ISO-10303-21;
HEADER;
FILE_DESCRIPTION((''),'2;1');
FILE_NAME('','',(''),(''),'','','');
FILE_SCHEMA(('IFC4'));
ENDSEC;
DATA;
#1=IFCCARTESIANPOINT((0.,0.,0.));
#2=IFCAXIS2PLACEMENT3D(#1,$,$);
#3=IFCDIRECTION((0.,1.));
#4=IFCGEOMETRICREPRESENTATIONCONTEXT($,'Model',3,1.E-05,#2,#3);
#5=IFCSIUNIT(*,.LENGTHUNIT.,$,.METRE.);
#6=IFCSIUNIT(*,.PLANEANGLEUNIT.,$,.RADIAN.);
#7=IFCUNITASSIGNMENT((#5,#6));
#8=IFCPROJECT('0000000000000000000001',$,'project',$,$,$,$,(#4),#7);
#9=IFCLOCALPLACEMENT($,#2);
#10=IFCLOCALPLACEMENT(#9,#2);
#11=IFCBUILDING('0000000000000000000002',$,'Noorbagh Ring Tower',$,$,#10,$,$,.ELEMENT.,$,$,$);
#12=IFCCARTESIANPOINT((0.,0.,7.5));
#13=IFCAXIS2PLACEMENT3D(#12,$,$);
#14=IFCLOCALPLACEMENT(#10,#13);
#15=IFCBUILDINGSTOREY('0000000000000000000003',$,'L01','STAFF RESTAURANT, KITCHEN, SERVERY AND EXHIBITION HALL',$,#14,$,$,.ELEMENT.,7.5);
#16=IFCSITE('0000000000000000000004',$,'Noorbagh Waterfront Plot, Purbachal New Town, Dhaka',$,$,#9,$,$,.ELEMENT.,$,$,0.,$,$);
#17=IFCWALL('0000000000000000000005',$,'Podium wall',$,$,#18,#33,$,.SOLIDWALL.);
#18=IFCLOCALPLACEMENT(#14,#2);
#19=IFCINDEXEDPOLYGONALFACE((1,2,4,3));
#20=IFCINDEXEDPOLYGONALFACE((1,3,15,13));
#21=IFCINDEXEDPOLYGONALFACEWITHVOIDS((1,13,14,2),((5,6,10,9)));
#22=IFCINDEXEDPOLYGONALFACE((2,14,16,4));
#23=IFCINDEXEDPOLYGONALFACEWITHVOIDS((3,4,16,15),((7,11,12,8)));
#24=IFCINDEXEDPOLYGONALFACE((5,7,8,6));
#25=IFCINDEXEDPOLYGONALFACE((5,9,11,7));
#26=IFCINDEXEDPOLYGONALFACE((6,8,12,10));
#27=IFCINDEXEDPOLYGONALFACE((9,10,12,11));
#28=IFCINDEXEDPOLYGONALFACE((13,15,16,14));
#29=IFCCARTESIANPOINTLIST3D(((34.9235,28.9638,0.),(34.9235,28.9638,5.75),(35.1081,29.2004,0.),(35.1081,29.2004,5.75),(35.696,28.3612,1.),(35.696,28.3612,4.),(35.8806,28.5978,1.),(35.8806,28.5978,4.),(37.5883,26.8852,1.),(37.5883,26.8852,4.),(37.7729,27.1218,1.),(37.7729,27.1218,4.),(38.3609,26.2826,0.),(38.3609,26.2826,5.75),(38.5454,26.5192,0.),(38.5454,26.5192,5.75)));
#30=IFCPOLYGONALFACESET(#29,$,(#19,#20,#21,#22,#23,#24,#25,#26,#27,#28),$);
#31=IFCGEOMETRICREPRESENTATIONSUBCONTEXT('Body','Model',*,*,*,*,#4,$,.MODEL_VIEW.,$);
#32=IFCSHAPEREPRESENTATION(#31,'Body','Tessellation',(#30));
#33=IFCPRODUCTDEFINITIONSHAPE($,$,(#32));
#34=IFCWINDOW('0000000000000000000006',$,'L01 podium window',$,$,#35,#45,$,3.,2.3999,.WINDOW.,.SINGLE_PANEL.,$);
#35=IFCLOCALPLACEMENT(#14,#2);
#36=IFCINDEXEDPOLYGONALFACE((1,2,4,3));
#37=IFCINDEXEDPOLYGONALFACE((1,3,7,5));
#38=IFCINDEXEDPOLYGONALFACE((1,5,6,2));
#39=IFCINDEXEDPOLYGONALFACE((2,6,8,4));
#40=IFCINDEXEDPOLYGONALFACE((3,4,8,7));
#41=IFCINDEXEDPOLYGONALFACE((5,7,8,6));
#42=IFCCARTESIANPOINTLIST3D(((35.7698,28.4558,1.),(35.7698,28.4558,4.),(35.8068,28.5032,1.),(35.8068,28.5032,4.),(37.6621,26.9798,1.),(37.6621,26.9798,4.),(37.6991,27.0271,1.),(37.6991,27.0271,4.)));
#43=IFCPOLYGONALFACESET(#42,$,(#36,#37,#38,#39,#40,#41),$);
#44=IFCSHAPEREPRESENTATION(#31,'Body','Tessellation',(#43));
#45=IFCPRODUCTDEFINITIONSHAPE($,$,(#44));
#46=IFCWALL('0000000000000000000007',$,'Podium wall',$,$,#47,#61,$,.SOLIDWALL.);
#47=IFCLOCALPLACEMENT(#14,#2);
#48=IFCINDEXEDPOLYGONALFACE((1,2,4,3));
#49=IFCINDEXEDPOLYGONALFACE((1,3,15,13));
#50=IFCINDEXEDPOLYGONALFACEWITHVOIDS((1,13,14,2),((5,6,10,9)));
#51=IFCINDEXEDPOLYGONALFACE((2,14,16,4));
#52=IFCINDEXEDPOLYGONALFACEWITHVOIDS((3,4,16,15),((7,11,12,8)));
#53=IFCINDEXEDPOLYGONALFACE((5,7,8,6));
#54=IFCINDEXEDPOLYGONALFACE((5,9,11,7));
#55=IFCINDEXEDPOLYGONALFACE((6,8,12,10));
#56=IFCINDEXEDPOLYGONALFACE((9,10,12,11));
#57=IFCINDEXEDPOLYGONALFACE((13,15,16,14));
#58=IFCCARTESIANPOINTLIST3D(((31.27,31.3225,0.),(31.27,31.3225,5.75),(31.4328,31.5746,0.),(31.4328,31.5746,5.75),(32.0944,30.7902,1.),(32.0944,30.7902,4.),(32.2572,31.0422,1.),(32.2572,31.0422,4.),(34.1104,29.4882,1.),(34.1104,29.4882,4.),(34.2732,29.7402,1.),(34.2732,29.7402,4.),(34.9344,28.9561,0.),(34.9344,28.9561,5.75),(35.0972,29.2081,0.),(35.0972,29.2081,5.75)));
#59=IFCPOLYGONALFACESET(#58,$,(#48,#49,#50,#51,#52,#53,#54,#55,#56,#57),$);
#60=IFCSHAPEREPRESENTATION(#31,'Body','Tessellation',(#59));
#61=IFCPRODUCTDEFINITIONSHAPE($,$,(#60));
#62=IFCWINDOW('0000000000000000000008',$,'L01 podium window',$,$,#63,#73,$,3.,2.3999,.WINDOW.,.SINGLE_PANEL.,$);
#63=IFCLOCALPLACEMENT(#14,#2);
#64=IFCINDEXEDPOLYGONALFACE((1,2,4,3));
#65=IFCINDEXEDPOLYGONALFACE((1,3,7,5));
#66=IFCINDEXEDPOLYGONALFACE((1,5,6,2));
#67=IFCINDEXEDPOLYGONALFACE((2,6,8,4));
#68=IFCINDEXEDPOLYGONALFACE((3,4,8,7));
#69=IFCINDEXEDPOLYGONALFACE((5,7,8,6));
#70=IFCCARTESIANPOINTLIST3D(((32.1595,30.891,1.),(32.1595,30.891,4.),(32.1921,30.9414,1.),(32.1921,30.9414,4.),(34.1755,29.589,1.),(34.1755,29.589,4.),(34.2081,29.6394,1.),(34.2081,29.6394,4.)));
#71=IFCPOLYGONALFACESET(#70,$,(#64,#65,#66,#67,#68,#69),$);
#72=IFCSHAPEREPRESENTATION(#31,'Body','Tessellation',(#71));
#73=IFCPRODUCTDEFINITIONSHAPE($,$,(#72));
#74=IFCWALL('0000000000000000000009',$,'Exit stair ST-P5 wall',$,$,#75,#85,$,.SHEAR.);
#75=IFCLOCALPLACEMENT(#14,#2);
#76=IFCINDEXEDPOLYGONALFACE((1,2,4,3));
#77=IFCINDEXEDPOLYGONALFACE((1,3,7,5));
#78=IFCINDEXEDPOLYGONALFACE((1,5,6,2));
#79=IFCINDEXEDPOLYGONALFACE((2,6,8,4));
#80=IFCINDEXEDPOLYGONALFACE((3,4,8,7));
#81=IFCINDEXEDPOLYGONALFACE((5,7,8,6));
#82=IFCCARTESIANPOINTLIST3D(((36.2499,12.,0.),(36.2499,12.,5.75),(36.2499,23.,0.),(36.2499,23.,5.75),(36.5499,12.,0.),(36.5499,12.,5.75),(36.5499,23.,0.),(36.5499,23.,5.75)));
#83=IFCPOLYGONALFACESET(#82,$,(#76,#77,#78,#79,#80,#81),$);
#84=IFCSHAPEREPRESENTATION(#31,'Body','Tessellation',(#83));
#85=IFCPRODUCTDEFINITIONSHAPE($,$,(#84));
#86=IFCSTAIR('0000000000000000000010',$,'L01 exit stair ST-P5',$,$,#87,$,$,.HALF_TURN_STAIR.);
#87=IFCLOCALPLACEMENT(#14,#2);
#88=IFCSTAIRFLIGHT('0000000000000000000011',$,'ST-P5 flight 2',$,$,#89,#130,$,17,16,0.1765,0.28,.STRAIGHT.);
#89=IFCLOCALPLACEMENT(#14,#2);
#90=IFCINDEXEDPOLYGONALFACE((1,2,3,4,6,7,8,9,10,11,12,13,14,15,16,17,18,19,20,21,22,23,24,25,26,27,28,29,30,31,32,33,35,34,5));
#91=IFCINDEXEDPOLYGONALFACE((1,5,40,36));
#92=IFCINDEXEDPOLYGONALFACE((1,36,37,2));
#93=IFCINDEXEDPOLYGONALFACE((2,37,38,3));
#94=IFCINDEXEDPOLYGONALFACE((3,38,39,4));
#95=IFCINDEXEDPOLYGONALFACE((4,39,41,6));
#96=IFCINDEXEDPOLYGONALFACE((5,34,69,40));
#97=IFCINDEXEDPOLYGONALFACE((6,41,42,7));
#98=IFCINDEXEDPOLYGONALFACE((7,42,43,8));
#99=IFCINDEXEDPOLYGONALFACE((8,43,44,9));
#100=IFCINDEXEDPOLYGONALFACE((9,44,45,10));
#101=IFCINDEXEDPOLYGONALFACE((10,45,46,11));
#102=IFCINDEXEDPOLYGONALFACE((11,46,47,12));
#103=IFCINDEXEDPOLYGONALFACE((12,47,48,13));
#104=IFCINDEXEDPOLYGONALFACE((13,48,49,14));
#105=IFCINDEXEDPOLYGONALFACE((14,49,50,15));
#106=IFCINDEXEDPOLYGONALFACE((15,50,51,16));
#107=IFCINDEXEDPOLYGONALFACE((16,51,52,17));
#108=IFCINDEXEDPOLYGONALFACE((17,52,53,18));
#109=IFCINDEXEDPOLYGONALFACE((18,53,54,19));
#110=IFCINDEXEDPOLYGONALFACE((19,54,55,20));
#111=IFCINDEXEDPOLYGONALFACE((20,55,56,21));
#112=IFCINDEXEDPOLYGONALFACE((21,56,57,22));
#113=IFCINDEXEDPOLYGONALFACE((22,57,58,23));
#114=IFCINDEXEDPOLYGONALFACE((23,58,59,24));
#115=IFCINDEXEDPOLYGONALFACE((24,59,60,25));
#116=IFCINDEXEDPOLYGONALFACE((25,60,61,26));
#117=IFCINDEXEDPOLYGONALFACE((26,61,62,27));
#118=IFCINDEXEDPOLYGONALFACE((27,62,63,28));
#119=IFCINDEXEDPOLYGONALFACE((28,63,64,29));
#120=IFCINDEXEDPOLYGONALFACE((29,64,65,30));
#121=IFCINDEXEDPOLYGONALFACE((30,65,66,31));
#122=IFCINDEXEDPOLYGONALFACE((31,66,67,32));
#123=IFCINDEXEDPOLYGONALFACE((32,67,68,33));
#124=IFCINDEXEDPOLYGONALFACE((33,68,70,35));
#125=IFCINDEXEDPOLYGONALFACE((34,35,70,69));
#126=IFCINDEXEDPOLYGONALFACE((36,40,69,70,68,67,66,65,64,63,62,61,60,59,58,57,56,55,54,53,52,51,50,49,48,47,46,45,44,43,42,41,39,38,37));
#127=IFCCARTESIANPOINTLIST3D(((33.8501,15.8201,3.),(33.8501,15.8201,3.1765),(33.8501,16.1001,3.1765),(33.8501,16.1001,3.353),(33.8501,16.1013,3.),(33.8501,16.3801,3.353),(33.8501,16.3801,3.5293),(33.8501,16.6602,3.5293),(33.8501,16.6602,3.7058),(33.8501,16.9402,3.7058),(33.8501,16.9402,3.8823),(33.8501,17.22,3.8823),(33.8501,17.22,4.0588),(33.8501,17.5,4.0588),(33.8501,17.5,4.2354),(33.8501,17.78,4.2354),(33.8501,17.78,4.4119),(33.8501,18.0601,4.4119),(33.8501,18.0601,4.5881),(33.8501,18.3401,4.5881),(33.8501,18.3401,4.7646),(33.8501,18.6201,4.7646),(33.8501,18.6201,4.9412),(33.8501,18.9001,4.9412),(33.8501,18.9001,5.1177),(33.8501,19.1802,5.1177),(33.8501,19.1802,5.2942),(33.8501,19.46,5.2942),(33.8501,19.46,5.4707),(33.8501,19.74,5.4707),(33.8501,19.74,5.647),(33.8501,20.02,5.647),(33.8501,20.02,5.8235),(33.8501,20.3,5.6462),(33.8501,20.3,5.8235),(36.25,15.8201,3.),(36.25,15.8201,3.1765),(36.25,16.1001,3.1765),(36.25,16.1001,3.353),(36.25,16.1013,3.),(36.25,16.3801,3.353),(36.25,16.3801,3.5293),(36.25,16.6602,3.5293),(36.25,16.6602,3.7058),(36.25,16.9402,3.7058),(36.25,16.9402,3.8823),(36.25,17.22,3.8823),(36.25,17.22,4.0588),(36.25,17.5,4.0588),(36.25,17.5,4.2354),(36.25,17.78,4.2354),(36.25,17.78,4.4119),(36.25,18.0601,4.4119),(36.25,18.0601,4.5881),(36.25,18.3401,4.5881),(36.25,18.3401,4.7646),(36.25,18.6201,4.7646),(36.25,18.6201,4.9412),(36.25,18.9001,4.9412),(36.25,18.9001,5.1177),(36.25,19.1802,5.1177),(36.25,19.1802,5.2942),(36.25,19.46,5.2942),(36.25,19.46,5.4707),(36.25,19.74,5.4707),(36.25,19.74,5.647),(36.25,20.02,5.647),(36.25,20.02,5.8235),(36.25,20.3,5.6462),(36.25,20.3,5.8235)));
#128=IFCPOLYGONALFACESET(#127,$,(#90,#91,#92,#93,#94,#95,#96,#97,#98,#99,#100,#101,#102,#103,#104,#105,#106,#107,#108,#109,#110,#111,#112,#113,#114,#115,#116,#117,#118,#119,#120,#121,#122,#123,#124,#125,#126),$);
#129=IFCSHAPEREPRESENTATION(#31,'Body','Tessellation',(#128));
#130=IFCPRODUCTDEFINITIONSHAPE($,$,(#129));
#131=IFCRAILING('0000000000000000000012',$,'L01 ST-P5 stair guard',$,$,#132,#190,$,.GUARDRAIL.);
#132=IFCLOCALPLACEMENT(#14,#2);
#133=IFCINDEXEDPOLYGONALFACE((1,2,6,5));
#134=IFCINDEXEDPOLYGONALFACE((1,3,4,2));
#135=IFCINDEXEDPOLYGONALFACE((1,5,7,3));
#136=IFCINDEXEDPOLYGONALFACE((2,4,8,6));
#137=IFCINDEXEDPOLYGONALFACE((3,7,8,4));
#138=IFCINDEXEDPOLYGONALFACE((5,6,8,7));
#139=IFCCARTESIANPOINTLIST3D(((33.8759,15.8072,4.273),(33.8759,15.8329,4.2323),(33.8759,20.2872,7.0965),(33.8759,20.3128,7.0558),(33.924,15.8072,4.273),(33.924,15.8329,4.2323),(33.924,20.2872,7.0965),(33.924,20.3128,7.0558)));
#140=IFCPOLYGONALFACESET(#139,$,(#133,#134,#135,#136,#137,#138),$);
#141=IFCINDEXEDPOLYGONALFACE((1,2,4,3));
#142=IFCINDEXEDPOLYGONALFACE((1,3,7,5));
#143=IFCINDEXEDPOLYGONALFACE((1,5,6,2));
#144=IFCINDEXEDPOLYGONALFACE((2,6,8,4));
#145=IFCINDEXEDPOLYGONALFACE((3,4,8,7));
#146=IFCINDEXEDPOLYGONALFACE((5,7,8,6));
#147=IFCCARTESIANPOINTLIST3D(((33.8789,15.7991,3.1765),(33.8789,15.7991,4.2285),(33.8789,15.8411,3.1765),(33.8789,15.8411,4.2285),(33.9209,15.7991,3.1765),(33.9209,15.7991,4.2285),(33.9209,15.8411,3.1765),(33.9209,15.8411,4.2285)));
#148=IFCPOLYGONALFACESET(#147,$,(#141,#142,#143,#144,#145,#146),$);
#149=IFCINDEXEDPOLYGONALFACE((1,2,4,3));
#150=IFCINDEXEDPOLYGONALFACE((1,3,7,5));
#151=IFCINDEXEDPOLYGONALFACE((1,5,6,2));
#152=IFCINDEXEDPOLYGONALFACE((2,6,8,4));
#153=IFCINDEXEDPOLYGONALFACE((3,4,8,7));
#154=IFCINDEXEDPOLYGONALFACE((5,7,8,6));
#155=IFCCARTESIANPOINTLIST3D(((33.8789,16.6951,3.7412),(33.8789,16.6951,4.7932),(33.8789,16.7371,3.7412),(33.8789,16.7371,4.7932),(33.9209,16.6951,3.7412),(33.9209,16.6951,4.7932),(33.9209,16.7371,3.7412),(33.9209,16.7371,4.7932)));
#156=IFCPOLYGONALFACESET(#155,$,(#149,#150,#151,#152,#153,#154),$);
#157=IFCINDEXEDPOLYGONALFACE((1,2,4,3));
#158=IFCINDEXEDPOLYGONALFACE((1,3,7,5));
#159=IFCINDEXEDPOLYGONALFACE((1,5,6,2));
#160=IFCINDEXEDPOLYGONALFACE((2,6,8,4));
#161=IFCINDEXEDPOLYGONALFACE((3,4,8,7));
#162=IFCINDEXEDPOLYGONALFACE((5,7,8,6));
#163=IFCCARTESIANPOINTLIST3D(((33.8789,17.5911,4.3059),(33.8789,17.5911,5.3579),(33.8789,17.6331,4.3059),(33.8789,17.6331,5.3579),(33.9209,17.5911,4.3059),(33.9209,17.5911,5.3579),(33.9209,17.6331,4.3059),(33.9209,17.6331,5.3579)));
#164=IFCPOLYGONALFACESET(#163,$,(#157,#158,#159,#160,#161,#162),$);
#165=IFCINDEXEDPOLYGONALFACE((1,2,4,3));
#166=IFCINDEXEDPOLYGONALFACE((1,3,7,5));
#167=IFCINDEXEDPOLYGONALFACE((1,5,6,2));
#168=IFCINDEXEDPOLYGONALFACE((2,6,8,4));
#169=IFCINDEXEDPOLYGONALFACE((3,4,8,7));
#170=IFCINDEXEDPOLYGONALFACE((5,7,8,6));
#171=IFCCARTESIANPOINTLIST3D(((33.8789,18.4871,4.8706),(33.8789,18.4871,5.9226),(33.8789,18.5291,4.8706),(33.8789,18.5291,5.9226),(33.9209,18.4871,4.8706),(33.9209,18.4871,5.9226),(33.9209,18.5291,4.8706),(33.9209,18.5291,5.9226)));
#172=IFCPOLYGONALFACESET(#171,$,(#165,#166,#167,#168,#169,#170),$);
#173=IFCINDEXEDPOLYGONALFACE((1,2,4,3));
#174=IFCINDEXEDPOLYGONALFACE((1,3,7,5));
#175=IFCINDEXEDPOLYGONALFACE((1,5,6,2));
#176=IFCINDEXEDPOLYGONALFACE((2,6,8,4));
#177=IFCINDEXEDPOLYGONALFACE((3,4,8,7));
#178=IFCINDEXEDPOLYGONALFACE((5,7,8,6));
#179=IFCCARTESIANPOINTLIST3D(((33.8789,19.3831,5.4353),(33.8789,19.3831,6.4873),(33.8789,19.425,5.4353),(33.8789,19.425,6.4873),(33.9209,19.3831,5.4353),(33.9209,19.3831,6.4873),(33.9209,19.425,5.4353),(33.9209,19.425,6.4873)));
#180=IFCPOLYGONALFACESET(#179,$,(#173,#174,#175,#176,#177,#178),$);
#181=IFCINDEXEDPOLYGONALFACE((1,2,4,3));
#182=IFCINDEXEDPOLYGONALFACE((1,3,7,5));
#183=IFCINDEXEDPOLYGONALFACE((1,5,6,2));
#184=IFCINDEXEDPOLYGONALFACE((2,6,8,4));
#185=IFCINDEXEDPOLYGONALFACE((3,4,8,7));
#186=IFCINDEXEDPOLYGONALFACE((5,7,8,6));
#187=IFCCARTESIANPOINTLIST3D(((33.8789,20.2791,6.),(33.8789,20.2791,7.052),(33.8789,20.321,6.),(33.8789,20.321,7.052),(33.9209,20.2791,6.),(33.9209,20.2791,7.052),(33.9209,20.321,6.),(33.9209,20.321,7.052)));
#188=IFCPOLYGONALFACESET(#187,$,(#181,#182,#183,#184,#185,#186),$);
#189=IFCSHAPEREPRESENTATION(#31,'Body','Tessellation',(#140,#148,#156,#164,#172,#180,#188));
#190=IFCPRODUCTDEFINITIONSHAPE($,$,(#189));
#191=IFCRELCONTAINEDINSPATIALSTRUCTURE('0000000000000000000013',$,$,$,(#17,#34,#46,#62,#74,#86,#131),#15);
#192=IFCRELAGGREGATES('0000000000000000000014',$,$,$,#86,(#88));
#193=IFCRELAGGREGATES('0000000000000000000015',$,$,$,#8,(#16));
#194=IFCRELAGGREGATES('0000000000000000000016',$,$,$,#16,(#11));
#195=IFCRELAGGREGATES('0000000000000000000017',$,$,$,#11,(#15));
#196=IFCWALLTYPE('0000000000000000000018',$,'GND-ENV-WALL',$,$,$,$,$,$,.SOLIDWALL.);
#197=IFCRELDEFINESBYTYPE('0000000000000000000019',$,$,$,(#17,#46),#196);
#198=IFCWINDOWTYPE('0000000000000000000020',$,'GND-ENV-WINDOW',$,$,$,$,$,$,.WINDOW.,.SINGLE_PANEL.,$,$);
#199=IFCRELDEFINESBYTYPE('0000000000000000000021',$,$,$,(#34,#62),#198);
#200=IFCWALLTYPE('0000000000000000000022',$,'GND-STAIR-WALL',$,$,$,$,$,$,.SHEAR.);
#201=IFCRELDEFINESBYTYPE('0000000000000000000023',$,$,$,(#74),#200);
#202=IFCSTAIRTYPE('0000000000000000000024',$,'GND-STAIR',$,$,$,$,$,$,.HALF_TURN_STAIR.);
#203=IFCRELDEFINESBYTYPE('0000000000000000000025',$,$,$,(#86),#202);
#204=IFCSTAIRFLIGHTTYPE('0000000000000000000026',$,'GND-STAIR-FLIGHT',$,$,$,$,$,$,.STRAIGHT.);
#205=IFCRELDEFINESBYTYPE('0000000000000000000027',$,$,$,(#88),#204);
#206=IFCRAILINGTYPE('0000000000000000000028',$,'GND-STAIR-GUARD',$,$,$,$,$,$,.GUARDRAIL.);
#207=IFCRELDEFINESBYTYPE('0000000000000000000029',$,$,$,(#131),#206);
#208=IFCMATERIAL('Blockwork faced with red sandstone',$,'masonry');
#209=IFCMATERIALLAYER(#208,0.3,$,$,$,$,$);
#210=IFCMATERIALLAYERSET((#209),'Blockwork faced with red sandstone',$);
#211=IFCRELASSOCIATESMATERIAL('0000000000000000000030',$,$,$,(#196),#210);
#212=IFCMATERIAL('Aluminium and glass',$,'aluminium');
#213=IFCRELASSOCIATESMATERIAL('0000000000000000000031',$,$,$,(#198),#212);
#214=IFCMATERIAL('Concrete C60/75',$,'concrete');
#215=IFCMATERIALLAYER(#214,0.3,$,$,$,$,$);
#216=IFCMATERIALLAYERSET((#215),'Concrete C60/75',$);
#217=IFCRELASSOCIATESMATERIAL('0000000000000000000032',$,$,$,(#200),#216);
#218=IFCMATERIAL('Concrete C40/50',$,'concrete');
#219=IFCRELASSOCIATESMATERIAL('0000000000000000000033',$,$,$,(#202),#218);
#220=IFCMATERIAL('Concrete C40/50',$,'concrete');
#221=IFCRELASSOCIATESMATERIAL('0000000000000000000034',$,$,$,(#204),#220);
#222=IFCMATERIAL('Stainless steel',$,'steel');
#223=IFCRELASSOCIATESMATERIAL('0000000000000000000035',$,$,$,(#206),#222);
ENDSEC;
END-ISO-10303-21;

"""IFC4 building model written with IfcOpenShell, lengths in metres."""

from ifc_helpers import new_model, si_unit, direction, frame, frame_2d, origin, origin_2d, place, context, subcontext, project, spatial, polyline, rectangle, outline, extrude, material, layer, layer_set, type_object, element, fill, aggregate, save


model = new_model("IFC4")

# Units and contexts
model_context = context("Model", 3, precision=1e-05, world=origin(), true_north=direction((0.0, 1.0)))
body_context = subcontext(model_context, "Body", "Model", "MODEL_VIEW")
ifc_project = project(units=[si_unit("LENGTHUNIT", "METRE"), si_unit("PLANEANGLEUNIT", "RADIAN")], contexts=[model_context])

# Site, building, storey
site_placement = place(None, origin())
site = spatial("IfcSite", under=ifc_project, at=site_placement, Name="Noorbagh Waterfront Plot, Purbachal New Town, Dhaka", CompositionType="ELEMENT", RefElevation=0.0)
building_placement = place(site_placement, origin())
building = spatial("IfcBuilding", under=site, at=building_placement, Name="Noorbagh Ring Tower", CompositionType="ELEMENT")
storey_placement = place(building_placement, frame((0.0, 0.0, 7.5)))
storey = spatial("IfcBuildingStorey", under=building, at=storey_placement, Name="L01", Description="STAFF RESTAURANT, KITCHEN, SERVERY AND EXHIBITION HALL", CompositionType="ELEMENT", Elevation=7.5)

# Walls, openings, windows
ifc_material_1 = material(Name="Blockwork faced with red sandstone", Category="masonry")
ifc_layer_1 = layer(ifc_material_1, 0.3)
ifc_layer_set_1 = layer_set([ifc_layer_1], Name="Blockwork faced with red sandstone")
wall_type_1 = type_object("IfcWallType", Name="GND-ENV-WALL", PredefinedType="SOLIDWALL", material=ifc_layer_set_1)
ifc_material_2 = material(Name="Aluminium and glass", Category="aluminium")
window_type = type_object("IfcWindowType", Name="GND-ENV-WINDOW", PartitioningType="SINGLE_PANEL", PredefinedType="WINDOW", material=ifc_material_2)
wall_1_placement = place(storey_placement, frame((38.4531, 26.4009, 0.0), z_axis=(0.0, 0.0, 1.0), x_axis=(-0.788492, 0.615045, 0.0)))
wall_1 = element("IfcWall", 1, at=wall_1_placement, inside=storey, type_object=wall_type_1, Name="Podium wall", PredefinedType="SOLIDWALL", context=body_context, shape_type="SweptSolid", body=[
    extrude(rectangle(XDim=4.3594, YDim=0.3, at=frame_2d((2.1797, 0.0))), origin(), (0.0, 0.0, 1.0), 5.75),
])
opening_1_placement = place(wall_1_placement, frame((0.9797, 0.0, 1.0)))
opening_1 = element("IfcOpeningElement", 2, at=opening_1_placement, cuts=wall_1, PredefinedType="OPENING", context=body_context, shape_type="SweptSolid", body=[
    extrude(rectangle(XDim=2.3999, YDim=3.0, at=frame_2d((1.2, 1.5))), frame((0.0, 0.1602, 0.0), z_axis=(0.0, -1.0, 0.0), x_axis=(1.0, 0.0, 0.0)), (0.0, 0.0, 1.0), 0.3201),
])
window_1_placement = place(opening_1_placement, origin())
window_1 = element("IfcWindow", 3, at=window_1_placement, inside=storey, type_object=window_type, Name="L01 podium window", OverallHeight=3.0, OverallWidth=2.3999, PartitioningType="SINGLE_PANEL", PredefinedType="WINDOW", context=body_context, shape_type="SweptSolid", body=[
    extrude(rectangle(XDim=2.3999, YDim=3.0, at=frame_2d((1.2, 1.5))), frame((0.0, 0.03, 0.0), z_axis=(0.0, -1.0, 0.0), x_axis=(1.0, 0.0, 0.0)), (0.0, 0.0, 1.0), 0.0601),
])
fill(opening_1, window_1)
wall_2_placement = place(storey_placement, frame((35.0159, 29.082, 0.0), z_axis=(0.0, 0.0, 1.0), x_axis=(-0.840047, 0.542513, 0.0)))
wall_2 = element("IfcWall", 4, at=wall_2_placement, inside=storey, type_object=wall_type_1, Name="Podium wall", PredefinedType="SOLIDWALL", context=body_context, shape_type="SweptSolid", body=[
    extrude(rectangle(XDim=4.3621, YDim=0.3, at=frame_2d((2.1812, 0.0))), origin(), (0.0, 0.0, 1.0), 5.75),
])
opening_2_placement = place(wall_2_placement, frame((0.981, 0.0, 1.0)))
opening_2 = element("IfcOpeningElement", 5, at=opening_2_placement, cuts=wall_2, PredefinedType="OPENING", context=body_context, shape_type="SweptSolid", body=[
    extrude(rectangle(XDim=2.3999, YDim=3.0, at=frame_2d((1.2, 1.5))), frame((0.0, 0.1602, 0.0), z_axis=(0.0, -1.0, 0.0), x_axis=(1.0, 0.0, 0.0)), (0.0, 0.0, 1.0), 0.3201),
])
window_2_placement = place(opening_2_placement, origin())
window_2 = element("IfcWindow", 6, at=window_2_placement, inside=storey, type_object=window_type, Name="L01 podium window", OverallHeight=3.0, OverallWidth=2.3999, PartitioningType="SINGLE_PANEL", PredefinedType="WINDOW", context=body_context, shape_type="SweptSolid", body=[
    extrude(rectangle(XDim=2.3999, YDim=3.0, at=frame_2d((1.2, 1.5))), frame((0.0, 0.03, 0.0), z_axis=(0.0, -1.0, 0.0), x_axis=(1.0, 0.0, 0.0)), (0.0, 0.0, 1.0), 0.0601),
])
fill(opening_2, window_2)

# Wall
ifc_material_3 = material(Name="Concrete C60/75", Category="concrete")
ifc_layer_2 = layer(ifc_material_3, 0.3)
ifc_layer_set_2 = layer_set([ifc_layer_2], Name="Concrete C60/75")
wall_type_2 = type_object("IfcWallType", Name="GND-STAIR-WALL", PredefinedType="SHEAR", material=ifc_layer_set_2)
wall_3_placement = place(storey_placement, frame((36.3999, 12.0, 0.0), z_axis=(0.0, 0.0, 1.0), x_axis=(0.0, 1.0, 0.0)))
element("IfcWall", 7, at=wall_3_placement, inside=storey, type_object=wall_type_2, Name="Exit stair ST-P5 wall", PredefinedType="SHEAR", context=body_context, shape_type="SweptSolid", body=[
    extrude(rectangle(XDim=11.0, YDim=0.3, at=frame_2d((5.5, 0.0))), origin(), (0.0, 0.0, 1.0), 5.75),
])

# Stair, stair flight
ifc_material_4 = material(Name="Concrete C40/50", Category="concrete")
stair_type = type_object("IfcStairType", Name="GND-STAIR", PredefinedType="HALF_TURN_STAIR", material=ifc_material_4)
stair_placement = place(storey_placement, origin())
stair = element("IfcStair", 8, at=stair_placement, inside=storey, type_object=stair_type, Name="L01 exit stair ST-P5", PredefinedType="HALF_TURN_STAIR")
ifc_material_5 = material(Name="Concrete C40/50", Category="concrete")
stair_flight_type = type_object("IfcStairFlightType", Name="GND-STAIR-FLIGHT", PredefinedType="STRAIGHT", material=ifc_material_5)
stair_flight_placement = place(storey_placement, frame((35.05, 15.8201, 3.0), z_axis=(0.0, 0.0, 1.0), x_axis=(0.0, 1.0, 0.0)))
stair_flight = element("IfcStairFlight", 9, at=stair_flight_placement, type_object=stair_flight_type, Name="ST-P5 flight 2", NumberOfRisers=17, NumberOfTreads=16, PredefinedType="STRAIGHT", RiserHeight=0.1765, TreadLength=0.28, context=body_context, shape_type="SweptSolid", body=[
    extrude(outline(polyline([(0.0, 0.0), (0.0, 0.1765), (0.28, 0.1765), (0.28, 0.353), (0.5601, 0.353), (0.5601, 0.5293), (0.8401, 0.5293), (0.8401, 0.7058), (1.1201, 0.7058), (1.1201, 0.8823), (1.3999, 0.8823), (1.3999, 1.0588), (1.6799, 1.0588), (1.6799, 1.2354), (1.96, 1.2354), (1.96, 1.4119), (2.24, 1.4119), (2.24, 1.5881), (2.52, 1.5881), (2.52, 1.7646), (2.8, 1.7646), (2.8, 1.9412), (3.0801, 1.9412), (3.0801, 2.1177), (3.3601, 2.1177), (3.3601, 2.2942), (3.6399, 2.2942), (3.6399, 2.4707), (3.9199, 2.4707), (3.9199, 2.647), (4.2, 2.647), (4.2, 2.8235), (4.48, 2.8235), (4.48, 3.0), (4.48, 2.6462), (0.2812, 0.0), (0.0, 0.0)])), frame((0.0, 1.2, 0.0), z_axis=(0.0, -1.0, 0.0), x_axis=(1.0, 0.0, 0.0)), (0.0, 0.0, 1.0), 2.3999),
])
aggregate(stair, [stair_flight])

# Railing
ifc_material_6 = material(Name="Stainless steel", Category="steel")
railing_type = type_object("IfcRailingType", Name="GND-STAIR-GUARD", PredefinedType="GUARDRAIL", material=ifc_material_6)
railing_placement = place(storey_placement, frame((33.8999, 15.8201, 3.1765)))
element("IfcRailing", 10, at=railing_placement, inside=storey, type_object=railing_type, Name="L01 ST-P5 stair guard", PredefinedType="GUARDRAIL", context=body_context, shape_type="SweptSolid", body=[
    extrude(rectangle(XDim=0.0481, YDim=0.0481, at=origin_2d()), frame((0.0, 0.0, 1.0762), z_axis=(0.0, 0.845998, 0.533186), x_axis=(-1.0, 0.0, 0.0)), (0.0, 0.0, 1.0), 5.2954),
    extrude(rectangle(XDim=0.042, YDim=0.042, at=origin_2d()), origin(), (0.0, 0.0, 1.0), 1.052),
    extrude(rectangle(XDim=0.042, YDim=0.042, at=origin_2d()), frame((0.0, 0.896, 0.5647)), (0.0, 0.0, 1.0), 1.052),
    extrude(rectangle(XDim=0.042, YDim=0.042, at=origin_2d()), frame((0.0, 1.792, 1.1294)), (0.0, 0.0, 1.0), 1.052),
    extrude(rectangle(XDim=0.042, YDim=0.042, at=origin_2d()), frame((0.0, 2.688, 1.6941)), (0.0, 0.0, 1.0), 1.052),
    extrude(rectangle(XDim=0.042, YDim=0.042, at=origin_2d()), frame((0.0, 3.584, 2.2588)), (0.0, 0.0, 1.0), 1.052),
    extrude(rectangle(XDim=0.042, YDim=0.042, at=origin_2d()), frame((0.0, 4.48, 2.8235)), (0.0, 0.0, 1.0), 1.052),
])

save(model, "model.ifc")
